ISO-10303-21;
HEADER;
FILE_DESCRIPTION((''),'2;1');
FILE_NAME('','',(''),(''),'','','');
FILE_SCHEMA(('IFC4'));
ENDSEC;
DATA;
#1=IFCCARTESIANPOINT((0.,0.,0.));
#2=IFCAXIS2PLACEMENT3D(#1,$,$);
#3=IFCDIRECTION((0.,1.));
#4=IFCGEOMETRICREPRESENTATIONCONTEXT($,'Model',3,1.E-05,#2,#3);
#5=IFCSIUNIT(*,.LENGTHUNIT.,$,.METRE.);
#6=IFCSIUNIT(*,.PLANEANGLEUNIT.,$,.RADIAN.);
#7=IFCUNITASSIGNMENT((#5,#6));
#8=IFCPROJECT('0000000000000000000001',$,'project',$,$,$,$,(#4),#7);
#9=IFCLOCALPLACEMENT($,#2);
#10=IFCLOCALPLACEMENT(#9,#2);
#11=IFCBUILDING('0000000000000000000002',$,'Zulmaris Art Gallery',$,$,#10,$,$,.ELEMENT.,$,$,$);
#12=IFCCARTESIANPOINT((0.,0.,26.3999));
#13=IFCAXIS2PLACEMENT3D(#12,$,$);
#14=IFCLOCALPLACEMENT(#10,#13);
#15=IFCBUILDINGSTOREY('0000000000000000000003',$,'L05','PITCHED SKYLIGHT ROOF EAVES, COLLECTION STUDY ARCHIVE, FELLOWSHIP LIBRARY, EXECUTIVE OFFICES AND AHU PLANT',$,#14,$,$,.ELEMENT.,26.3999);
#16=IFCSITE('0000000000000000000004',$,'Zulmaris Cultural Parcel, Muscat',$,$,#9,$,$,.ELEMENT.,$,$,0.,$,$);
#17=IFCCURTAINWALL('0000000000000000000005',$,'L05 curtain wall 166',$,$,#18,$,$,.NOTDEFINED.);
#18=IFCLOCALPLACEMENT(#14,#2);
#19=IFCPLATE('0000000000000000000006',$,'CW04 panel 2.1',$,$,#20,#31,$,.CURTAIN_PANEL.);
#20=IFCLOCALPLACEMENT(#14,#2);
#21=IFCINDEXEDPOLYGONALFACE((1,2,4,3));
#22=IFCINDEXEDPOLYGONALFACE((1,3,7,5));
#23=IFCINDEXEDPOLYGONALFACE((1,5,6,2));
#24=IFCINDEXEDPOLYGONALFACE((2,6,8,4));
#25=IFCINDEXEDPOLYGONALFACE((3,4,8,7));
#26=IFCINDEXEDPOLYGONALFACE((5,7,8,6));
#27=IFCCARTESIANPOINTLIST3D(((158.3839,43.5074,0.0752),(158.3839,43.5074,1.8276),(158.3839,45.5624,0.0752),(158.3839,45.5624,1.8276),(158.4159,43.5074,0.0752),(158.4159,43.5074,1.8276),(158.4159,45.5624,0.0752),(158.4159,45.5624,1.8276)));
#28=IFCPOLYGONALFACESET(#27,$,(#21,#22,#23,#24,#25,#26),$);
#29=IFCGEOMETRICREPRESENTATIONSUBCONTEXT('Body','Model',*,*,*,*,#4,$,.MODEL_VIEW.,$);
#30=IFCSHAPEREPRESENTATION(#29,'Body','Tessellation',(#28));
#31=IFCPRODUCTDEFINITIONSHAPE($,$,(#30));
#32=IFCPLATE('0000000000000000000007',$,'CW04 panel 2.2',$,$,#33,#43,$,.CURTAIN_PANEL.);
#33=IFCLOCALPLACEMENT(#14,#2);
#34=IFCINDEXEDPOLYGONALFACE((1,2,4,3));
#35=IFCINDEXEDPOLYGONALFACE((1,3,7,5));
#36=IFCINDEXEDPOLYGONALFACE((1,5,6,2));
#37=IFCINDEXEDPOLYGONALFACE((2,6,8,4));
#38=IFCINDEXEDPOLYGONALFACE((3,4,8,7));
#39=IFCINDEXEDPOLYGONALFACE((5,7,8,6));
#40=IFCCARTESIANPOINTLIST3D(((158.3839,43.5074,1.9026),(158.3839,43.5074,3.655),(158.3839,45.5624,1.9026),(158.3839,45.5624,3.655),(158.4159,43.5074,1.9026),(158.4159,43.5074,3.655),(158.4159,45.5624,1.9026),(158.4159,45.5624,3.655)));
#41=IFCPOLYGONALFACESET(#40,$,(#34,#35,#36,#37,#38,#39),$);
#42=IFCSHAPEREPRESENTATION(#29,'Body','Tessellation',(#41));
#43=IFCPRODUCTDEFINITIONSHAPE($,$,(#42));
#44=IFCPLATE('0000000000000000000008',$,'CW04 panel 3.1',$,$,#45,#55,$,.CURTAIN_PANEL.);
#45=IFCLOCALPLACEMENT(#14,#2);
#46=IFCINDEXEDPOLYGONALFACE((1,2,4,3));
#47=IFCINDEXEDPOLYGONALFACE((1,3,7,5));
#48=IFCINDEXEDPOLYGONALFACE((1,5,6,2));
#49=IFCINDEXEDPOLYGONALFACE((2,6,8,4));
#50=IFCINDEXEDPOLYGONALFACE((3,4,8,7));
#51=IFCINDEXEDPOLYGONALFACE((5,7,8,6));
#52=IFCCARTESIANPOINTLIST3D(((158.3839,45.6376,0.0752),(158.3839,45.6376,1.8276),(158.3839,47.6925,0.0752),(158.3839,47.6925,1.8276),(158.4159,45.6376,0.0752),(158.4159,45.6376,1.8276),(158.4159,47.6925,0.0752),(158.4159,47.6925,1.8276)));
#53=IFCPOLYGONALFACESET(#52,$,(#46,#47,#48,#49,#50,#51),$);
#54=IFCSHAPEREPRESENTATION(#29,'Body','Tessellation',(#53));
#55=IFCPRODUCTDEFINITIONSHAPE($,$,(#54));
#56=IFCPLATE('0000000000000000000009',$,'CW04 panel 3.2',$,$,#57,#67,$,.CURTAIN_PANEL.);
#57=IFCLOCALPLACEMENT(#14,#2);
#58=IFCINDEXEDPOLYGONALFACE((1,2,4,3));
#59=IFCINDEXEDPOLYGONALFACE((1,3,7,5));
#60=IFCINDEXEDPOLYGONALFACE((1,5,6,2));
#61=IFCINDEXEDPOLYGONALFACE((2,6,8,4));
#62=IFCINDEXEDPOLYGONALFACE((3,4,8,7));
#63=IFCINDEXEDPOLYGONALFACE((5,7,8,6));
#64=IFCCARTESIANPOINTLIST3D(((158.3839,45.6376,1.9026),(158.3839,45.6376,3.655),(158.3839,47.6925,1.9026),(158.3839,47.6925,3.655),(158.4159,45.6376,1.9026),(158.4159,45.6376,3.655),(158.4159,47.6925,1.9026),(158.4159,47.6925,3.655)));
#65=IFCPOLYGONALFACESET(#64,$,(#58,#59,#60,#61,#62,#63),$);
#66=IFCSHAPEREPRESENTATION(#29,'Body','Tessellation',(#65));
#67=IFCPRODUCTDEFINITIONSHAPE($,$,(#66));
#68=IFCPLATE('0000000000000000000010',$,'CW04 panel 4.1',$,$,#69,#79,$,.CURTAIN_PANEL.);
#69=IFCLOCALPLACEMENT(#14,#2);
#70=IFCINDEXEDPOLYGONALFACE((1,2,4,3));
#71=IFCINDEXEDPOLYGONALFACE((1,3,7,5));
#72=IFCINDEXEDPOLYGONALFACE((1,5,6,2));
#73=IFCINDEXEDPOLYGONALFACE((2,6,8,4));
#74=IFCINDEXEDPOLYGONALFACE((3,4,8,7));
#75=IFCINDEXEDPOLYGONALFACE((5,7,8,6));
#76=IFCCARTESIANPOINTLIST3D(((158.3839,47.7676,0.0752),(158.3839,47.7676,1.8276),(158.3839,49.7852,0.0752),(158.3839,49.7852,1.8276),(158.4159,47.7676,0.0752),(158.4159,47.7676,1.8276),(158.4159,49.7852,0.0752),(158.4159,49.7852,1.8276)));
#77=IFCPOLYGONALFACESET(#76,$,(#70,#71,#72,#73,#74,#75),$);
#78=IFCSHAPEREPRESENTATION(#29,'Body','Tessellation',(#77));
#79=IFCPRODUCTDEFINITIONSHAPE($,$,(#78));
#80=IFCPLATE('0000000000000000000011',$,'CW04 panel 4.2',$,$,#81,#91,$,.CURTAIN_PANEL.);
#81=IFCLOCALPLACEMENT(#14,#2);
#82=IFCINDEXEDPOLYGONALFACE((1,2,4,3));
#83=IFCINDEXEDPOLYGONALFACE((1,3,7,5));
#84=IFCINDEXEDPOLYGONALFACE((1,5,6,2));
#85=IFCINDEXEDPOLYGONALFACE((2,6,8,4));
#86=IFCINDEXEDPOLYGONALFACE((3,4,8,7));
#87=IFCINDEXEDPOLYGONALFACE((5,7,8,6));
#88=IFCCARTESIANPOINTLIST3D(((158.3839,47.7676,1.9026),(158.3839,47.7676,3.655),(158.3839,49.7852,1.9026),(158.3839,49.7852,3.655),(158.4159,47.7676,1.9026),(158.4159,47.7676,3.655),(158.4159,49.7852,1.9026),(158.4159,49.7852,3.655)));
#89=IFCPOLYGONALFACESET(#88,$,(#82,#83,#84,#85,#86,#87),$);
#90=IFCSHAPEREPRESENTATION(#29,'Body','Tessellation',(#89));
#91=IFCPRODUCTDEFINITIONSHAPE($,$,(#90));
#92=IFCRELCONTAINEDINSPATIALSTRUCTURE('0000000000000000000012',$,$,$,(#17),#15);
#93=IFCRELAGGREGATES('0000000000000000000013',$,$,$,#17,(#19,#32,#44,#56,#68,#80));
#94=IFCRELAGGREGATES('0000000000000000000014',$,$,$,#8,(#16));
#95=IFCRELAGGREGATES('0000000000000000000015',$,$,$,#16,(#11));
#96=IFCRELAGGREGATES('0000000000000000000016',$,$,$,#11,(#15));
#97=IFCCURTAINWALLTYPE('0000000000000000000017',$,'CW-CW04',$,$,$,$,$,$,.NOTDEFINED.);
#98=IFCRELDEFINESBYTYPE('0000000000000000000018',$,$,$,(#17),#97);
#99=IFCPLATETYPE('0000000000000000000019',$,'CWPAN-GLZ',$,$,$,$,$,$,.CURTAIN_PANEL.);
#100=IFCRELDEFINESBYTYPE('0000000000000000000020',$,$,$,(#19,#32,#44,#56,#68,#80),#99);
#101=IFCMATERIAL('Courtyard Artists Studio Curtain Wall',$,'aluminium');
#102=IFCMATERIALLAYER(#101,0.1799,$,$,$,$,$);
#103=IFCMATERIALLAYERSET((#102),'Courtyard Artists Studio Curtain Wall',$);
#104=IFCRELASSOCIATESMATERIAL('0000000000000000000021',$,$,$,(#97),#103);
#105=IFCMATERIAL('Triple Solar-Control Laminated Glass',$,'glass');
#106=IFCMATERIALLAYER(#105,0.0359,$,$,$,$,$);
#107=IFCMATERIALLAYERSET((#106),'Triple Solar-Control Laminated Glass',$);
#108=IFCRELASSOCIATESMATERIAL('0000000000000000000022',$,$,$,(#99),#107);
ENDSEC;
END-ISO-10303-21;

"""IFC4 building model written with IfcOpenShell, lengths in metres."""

from ifc_helpers import new_model, si_unit, direction, frame, origin, origin_2d, place, context, subcontext, project, spatial, rectangle, extrude, material, layer, layer_set, type_object, element, aggregate, save


model = new_model("IFC4")

# Units and contexts
model_context = context("Model", 3, precision=1e-05, world=origin(), true_north=direction((0.0, 1.0)))
body_context = subcontext(model_context, "Body", "Model", "MODEL_VIEW")
ifc_project = project(units=[si_unit("LENGTHUNIT", "METRE"), si_unit("PLANEANGLEUNIT", "RADIAN")], contexts=[model_context])

# Site, building, storey
site_placement = place(None, origin())
site = spatial("IfcSite", under=ifc_project, at=site_placement, Name="Zulmaris Cultural Parcel, Muscat", CompositionType="ELEMENT", RefElevation=0.0)
building_placement = place(site_placement, origin())
building = spatial("IfcBuilding", under=site, at=building_placement, Name="Zulmaris Art Gallery", CompositionType="ELEMENT")
storey_placement = place(building_placement, frame((0.0, 0.0, 26.3999)))
storey = spatial("IfcBuildingStorey", under=building, at=storey_placement, Name="L05", Description="PITCHED SKYLIGHT ROOF EAVES, COLLECTION STUDY ARCHIVE, FELLOWSHIP LIBRARY, EXECUTIVE OFFICES AND AHU PLANT", CompositionType="ELEMENT", Elevation=26.3999)

# Shared definitions
ifc_material_1 = material(Name="Courtyard Artists Studio Curtain Wall", Category="aluminium")
ifc_layer_1 = layer(ifc_material_1, 0.1799)
ifc_layer_set_1 = layer_set([ifc_layer_1], Name="Courtyard Artists Studio Curtain Wall")
curtain_wall_type = type_object("IfcCurtainWallType", Name="CW-CW04", PredefinedType="NOTDEFINED", material=ifc_layer_set_1)

# Curtain wall
curtain_wall_1_placement = place(storey_placement, origin())
curtain_wall_1 = element("IfcCurtainWall", 1, at=curtain_wall_1_placement, inside=storey, type_object=curtain_wall_type, Name="L05 curtain wall 166", PredefinedType="NOTDEFINED")

# Plates
ifc_material_2 = material(Name="Triple Solar-Control Laminated Glass", Category="glass")
ifc_layer_2 = layer(ifc_material_2, 0.0359)
ifc_layer_set_2 = layer_set([ifc_layer_2], Name="Triple Solar-Control Laminated Glass")
plate_type = type_object("IfcPlateType", Name="CWPAN-GLZ", PredefinedType="CURTAIN_PANEL", material=ifc_layer_set_2)
plate_1_placement = place(storey_placement, frame((158.3999, 44.5349, 0.0752), z_axis=(0.0, 0.0, 1.0), x_axis=(0.0, 1.0, 0.0)))
plate_1 = element("IfcPlate", 2, at=plate_1_placement, type_object=plate_type, Name="CW04 panel 2.1", PredefinedType="CURTAIN_PANEL", context=body_context, shape_type="SweptSolid", body=[
    extrude(rectangle(XDim=2.0549, YDim=0.032, at=origin_2d()), origin(), (0.0, 0.0, 1.0), 1.7524),
])
plate_2_placement = place(storey_placement, frame((158.3999, 44.5349, 1.9026), z_axis=(0.0, 0.0, 1.0), x_axis=(0.0, 1.0, 0.0)))
plate_2 = element("IfcPlate", 3, at=plate_2_placement, type_object=plate_type, Name="CW04 panel 2.2", PredefinedType="CURTAIN_PANEL", context=body_context, shape_type="SweptSolid", body=[
    extrude(rectangle(XDim=2.0549, YDim=0.032, at=origin_2d()), origin(), (0.0, 0.0, 1.0), 1.7524),
])
plate_3_placement = place(storey_placement, frame((158.3999, 46.665, 0.0752), z_axis=(0.0, 0.0, 1.0), x_axis=(0.0, 1.0, 0.0)))
plate_3 = element("IfcPlate", 4, at=plate_3_placement, type_object=plate_type, Name="CW04 panel 3.1", PredefinedType="CURTAIN_PANEL", context=body_context, shape_type="SweptSolid", body=[
    extrude(rectangle(XDim=2.0549, YDim=0.032, at=origin_2d()), origin(), (0.0, 0.0, 1.0), 1.7524),
])
plate_4_placement = place(storey_placement, frame((158.3999, 46.665, 1.9026), z_axis=(0.0, 0.0, 1.0), x_axis=(0.0, 1.0, 0.0)))
plate_4 = element("IfcPlate", 5, at=plate_4_placement, type_object=plate_type, Name="CW04 panel 3.2", PredefinedType="CURTAIN_PANEL", context=body_context, shape_type="SweptSolid", body=[
    extrude(rectangle(XDim=2.0549, YDim=0.032, at=origin_2d()), origin(), (0.0, 0.0, 1.0), 1.7524),
])
plate_5_placement = place(storey_placement, frame((158.3999, 48.7764, 0.0752), z_axis=(0.0, 0.0, 1.0), x_axis=(0.0, 1.0, 0.0)))
plate_5 = element("IfcPlate", 6, at=plate_5_placement, type_object=plate_type, Name="CW04 panel 4.1", PredefinedType="CURTAIN_PANEL", context=body_context, shape_type="SweptSolid", body=[
    extrude(rectangle(XDim=2.0176, YDim=0.032, at=origin_2d()), origin(), (0.0, 0.0, 1.0), 1.7524),
])
plate_6_placement = place(storey_placement, frame((158.3999, 48.7764, 1.9026), z_axis=(0.0, 0.0, 1.0), x_axis=(0.0, 1.0, 0.0)))
plate_6 = element("IfcPlate", 7, at=plate_6_placement, type_object=plate_type, Name="CW04 panel 4.2", PredefinedType="CURTAIN_PANEL", context=body_context, shape_type="SweptSolid", body=[
    extrude(rectangle(XDim=2.0176, YDim=0.032, at=origin_2d()), origin(), (0.0, 0.0, 1.0), 1.7524),
])
aggregate(curtain_wall_1, [plate_1, plate_2, plate_3, plate_4, plate_5, plate_6])

save(model, "model.ifc")
